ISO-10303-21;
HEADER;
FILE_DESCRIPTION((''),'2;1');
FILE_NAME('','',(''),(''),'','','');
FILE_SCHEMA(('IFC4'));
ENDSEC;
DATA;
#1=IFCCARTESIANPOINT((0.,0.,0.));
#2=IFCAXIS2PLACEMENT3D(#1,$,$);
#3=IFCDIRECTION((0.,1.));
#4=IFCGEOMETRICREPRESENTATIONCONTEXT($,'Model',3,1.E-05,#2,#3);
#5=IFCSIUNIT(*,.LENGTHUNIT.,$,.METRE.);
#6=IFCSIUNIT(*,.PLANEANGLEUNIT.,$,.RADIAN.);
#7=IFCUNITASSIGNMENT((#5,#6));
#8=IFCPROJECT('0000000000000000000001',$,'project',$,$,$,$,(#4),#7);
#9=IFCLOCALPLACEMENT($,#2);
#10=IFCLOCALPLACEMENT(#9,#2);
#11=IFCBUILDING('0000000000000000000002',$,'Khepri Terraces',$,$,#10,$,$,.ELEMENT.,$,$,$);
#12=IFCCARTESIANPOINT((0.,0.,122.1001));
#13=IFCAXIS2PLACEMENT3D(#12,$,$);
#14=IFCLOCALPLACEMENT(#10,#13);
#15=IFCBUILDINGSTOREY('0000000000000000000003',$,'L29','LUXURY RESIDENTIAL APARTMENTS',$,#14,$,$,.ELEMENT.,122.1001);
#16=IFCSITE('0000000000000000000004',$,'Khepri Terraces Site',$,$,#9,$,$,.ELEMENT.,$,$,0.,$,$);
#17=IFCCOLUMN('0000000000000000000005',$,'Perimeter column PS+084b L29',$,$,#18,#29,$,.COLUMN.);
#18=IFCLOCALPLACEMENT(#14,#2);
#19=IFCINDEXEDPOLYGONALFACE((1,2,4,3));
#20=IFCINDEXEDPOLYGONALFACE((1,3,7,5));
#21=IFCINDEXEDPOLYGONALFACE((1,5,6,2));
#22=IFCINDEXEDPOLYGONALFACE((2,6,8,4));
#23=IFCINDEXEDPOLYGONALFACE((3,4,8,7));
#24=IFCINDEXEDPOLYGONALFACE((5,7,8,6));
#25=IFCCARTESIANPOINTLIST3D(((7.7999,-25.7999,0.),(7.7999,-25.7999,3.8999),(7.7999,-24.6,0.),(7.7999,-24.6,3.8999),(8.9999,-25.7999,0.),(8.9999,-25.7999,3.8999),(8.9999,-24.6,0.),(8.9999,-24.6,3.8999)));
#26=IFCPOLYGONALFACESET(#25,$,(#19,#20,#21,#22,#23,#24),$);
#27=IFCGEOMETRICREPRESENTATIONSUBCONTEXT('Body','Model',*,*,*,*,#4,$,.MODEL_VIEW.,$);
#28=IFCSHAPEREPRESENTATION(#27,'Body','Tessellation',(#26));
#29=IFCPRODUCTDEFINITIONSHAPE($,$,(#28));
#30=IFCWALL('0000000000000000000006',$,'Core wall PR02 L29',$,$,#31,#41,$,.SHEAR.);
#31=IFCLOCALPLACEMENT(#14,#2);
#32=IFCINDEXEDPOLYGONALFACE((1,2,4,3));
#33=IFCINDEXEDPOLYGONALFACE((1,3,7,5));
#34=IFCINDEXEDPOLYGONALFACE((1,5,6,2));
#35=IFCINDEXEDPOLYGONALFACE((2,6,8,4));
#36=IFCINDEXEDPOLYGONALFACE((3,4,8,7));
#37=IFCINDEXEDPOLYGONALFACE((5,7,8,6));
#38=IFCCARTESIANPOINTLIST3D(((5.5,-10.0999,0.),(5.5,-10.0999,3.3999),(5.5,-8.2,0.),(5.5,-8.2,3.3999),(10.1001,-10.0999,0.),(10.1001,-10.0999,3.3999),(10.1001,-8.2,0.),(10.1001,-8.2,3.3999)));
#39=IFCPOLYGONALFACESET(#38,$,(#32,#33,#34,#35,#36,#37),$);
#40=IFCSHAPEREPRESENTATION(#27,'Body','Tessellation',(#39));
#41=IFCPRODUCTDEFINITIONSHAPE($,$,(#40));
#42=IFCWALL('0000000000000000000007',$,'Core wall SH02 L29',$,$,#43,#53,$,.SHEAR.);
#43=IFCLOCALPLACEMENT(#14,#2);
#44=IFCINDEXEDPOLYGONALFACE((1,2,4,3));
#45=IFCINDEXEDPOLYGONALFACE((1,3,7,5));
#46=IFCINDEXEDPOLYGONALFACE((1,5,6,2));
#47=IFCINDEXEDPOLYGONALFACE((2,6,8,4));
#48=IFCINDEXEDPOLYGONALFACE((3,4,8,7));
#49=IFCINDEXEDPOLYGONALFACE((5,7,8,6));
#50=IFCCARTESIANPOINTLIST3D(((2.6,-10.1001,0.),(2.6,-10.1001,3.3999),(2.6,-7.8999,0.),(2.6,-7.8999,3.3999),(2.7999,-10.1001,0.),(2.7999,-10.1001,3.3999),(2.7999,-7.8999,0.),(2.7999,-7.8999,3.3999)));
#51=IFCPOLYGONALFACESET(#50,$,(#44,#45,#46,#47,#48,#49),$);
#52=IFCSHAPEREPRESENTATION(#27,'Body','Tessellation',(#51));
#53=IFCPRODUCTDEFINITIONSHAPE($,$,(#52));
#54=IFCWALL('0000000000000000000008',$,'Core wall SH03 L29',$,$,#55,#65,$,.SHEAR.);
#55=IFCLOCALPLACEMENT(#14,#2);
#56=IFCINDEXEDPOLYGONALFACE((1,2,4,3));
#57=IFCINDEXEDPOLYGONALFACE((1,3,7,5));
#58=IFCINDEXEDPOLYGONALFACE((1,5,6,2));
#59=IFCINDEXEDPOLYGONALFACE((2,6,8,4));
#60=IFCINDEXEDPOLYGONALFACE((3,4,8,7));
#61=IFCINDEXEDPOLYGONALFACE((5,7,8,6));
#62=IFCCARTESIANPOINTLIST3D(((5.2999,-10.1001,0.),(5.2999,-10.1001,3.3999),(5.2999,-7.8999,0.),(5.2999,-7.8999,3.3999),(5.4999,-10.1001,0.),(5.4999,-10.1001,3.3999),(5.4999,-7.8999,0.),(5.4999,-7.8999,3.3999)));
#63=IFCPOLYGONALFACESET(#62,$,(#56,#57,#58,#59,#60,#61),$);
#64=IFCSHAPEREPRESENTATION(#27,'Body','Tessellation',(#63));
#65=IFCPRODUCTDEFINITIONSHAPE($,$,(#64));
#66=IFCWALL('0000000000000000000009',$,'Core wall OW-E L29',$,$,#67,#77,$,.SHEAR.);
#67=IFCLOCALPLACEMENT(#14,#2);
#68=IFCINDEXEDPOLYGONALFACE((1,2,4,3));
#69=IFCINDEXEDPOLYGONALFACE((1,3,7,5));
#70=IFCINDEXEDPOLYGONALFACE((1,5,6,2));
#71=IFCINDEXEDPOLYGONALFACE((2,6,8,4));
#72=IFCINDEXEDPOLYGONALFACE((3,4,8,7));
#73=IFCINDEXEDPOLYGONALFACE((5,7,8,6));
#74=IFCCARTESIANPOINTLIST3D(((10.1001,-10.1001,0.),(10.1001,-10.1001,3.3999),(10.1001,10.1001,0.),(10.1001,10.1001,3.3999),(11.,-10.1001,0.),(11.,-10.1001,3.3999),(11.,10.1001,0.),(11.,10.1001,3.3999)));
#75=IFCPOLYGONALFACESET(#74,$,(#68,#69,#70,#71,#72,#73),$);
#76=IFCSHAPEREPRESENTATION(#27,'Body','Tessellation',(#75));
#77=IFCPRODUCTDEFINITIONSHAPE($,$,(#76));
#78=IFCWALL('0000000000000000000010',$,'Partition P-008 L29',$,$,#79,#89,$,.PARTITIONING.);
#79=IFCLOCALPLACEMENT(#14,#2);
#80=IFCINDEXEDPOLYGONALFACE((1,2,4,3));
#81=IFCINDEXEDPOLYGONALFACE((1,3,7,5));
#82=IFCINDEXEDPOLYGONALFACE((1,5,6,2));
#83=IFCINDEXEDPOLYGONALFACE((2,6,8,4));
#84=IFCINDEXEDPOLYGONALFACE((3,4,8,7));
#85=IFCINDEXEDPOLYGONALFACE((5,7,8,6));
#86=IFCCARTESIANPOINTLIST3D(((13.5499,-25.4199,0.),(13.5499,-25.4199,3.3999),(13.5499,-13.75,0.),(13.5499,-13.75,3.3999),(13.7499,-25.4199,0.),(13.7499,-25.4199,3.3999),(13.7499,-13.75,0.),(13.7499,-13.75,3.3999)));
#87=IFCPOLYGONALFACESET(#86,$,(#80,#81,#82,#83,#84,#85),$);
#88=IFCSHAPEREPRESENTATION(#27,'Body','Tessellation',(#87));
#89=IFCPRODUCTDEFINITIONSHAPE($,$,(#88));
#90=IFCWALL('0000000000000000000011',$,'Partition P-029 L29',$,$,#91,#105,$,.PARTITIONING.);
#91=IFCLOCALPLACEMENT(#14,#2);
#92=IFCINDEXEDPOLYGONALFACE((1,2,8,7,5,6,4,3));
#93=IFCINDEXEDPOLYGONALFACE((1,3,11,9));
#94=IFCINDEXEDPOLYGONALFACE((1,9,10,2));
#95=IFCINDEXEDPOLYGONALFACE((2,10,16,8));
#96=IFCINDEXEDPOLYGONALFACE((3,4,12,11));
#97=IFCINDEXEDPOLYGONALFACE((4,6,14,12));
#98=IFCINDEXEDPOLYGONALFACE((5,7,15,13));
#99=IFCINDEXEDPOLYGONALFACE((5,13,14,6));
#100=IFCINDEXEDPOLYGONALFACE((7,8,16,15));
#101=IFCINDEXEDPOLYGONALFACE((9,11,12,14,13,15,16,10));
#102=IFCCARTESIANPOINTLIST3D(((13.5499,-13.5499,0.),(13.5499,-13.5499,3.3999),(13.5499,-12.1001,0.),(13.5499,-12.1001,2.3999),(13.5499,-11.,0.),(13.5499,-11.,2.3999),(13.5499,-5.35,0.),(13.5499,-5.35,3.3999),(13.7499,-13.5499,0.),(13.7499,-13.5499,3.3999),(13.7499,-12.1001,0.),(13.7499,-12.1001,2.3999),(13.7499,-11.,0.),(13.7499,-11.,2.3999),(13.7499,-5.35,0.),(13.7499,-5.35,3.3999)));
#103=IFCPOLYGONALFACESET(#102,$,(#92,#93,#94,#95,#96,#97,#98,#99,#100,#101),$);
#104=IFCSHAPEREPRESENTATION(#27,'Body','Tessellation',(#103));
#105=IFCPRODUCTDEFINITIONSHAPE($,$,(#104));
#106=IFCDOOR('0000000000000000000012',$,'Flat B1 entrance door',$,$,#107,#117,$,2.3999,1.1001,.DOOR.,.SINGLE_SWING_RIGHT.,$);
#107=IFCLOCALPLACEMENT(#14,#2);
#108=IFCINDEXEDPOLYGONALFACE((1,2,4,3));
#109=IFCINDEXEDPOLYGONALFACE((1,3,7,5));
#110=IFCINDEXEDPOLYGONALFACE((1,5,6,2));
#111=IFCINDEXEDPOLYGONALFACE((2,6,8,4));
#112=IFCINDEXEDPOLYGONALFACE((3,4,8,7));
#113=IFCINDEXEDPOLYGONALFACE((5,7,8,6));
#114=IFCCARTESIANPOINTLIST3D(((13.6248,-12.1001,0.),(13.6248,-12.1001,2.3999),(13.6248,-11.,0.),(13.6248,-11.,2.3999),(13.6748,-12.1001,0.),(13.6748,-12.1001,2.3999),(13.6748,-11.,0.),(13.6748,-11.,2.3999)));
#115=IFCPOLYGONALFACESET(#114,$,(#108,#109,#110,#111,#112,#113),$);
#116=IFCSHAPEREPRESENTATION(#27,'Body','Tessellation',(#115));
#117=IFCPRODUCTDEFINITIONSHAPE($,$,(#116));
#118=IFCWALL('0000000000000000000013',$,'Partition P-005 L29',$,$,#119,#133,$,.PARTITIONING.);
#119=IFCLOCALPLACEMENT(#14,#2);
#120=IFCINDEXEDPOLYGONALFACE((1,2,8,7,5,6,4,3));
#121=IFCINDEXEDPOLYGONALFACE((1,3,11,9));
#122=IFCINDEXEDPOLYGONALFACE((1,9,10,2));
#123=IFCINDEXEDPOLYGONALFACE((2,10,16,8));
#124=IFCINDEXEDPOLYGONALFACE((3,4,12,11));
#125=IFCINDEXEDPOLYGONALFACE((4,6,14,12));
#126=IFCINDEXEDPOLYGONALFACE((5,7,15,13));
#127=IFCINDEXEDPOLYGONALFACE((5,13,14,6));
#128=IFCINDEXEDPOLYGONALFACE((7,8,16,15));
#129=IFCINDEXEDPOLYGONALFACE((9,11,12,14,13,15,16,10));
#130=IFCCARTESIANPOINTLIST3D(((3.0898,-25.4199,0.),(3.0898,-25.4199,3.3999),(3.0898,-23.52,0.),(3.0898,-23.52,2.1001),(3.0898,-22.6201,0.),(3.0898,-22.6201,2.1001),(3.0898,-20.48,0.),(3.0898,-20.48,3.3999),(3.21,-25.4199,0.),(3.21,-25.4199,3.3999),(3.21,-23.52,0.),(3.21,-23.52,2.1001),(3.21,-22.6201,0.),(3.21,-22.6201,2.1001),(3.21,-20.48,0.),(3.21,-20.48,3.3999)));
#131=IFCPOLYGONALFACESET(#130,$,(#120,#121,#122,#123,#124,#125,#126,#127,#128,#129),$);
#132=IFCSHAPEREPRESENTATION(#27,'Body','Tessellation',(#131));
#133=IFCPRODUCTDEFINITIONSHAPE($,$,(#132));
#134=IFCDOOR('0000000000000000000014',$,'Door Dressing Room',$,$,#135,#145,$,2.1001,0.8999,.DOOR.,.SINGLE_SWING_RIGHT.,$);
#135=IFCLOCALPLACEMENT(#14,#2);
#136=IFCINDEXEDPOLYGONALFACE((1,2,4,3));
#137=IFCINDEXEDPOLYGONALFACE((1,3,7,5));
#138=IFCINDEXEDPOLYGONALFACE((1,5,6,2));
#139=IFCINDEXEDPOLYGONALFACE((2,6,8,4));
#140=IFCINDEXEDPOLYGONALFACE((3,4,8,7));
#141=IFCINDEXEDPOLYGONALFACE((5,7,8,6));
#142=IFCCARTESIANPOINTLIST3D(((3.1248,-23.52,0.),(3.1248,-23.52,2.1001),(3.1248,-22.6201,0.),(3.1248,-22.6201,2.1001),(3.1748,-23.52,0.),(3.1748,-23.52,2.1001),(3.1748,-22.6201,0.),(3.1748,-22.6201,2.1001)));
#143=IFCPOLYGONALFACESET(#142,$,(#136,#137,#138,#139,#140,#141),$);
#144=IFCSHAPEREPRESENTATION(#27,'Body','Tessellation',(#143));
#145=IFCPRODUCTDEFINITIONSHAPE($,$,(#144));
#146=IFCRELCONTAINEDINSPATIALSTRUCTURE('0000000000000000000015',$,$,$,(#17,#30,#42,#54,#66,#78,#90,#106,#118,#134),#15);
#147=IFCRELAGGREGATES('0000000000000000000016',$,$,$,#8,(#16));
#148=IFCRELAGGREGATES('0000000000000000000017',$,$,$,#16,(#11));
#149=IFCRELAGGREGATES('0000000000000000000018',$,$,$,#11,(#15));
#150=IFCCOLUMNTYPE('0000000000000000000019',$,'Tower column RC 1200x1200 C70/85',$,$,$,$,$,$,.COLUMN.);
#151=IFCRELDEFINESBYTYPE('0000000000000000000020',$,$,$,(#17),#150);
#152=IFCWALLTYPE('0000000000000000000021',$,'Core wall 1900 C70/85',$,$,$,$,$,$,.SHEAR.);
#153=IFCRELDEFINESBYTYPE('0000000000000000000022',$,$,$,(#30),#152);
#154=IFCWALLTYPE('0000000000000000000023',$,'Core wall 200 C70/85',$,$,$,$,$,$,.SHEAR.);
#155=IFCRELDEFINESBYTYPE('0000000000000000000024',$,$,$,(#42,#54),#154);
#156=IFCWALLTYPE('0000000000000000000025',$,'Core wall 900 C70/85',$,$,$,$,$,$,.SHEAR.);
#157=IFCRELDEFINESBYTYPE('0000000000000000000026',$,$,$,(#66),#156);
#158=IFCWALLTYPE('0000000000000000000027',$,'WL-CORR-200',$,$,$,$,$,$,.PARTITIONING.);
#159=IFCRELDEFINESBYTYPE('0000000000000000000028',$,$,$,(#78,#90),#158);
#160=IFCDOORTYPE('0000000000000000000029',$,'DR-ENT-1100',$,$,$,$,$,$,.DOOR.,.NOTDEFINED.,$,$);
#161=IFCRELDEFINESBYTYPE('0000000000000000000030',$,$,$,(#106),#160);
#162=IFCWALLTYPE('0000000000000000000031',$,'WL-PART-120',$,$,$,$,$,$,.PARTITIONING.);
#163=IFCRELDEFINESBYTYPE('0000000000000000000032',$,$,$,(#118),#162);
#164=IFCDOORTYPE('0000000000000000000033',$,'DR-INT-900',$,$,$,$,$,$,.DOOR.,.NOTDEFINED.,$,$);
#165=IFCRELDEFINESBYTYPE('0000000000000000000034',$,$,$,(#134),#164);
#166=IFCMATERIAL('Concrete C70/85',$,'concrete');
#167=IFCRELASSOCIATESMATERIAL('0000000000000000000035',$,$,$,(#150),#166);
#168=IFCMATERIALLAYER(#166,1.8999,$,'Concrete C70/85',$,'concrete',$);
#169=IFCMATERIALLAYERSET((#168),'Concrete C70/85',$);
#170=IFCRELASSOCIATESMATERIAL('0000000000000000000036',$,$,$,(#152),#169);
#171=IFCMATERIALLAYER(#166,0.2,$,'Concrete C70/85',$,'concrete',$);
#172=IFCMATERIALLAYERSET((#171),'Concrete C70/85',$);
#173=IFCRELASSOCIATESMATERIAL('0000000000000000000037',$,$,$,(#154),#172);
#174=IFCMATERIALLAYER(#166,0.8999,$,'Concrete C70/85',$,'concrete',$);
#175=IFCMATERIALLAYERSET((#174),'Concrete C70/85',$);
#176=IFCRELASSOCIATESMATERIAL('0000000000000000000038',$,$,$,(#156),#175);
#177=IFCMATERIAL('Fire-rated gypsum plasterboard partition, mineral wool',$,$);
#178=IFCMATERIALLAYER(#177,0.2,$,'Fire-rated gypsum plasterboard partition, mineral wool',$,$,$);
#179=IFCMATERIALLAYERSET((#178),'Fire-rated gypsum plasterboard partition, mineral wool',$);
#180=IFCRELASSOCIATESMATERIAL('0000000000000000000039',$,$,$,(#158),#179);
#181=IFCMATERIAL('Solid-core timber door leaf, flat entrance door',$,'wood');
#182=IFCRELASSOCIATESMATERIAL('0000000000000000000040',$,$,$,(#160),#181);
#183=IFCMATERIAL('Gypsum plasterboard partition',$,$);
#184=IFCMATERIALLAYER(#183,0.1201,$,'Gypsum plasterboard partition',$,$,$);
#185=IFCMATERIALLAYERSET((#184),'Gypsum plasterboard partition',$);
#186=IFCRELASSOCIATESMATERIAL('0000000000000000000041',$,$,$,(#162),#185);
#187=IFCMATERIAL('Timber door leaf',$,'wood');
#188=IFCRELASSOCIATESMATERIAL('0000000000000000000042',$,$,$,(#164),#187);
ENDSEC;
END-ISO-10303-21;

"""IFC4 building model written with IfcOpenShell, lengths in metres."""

from ifc_helpers import new_model, si_unit, direction, frame, frame_2d, origin, origin_2d, place, context, subcontext, project, spatial, rectangle, extrude, material, layer, layer_set, material_profile, profile_set, type_object, element, fill, save


model = new_model("IFC4")

# Units and contexts
model_context = context("Model", 3, precision=1e-05, world=origin(), true_north=direction((0.0, 1.0)))
body_context = subcontext(model_context, "Body", "Model", "MODEL_VIEW")
ifc_project = project(units=[si_unit("LENGTHUNIT", "METRE"), si_unit("PLANEANGLEUNIT", "RADIAN")], contexts=[model_context])

# Site, building, storey
site_placement = place(None, origin())
site = spatial("IfcSite", under=ifc_project, at=site_placement, Name="Khepri Terraces Site", CompositionType="ELEMENT", RefElevation=0.0)
building_placement = place(site_placement, origin())
building = spatial("IfcBuilding", under=site, at=building_placement, Name="Khepri Terraces", CompositionType="ELEMENT")
storey_placement = place(building_placement, frame((0.0, 0.0, 122.1001)))
storey = spatial("IfcBuildingStorey", under=building, at=storey_placement, Name="L29", Description="LUXURY RESIDENTIAL APARTMENTS", CompositionType="ELEMENT", Elevation=122.1001)

# Column
ifc_material_1 = material(Name="Concrete C70/85", Category="concrete")
ifc_material_profile = material_profile(ifc_material_1, rectangle(XDim=1.2, YDim=1.2, at=origin_2d()), Name="Concrete C70/85", Category="concrete")
ifc_profile_set = profile_set([ifc_material_profile], Name="Concrete C70/85")
column_type = type_object("IfcColumnType", Name="Tower column RC 1200x1200 C70/85", PredefinedType="COLUMN", material=ifc_profile_set)
column_placement = place(storey_placement, frame((8.3999, -25.2, 0.0), z_axis=(0.0, 0.0, 1.0), x_axis=(1.0, 0.0, 0.0)))
element("IfcColumn", 1, at=column_placement, inside=storey, type_object=column_type, Name="Perimeter column PS+084b L29", PredefinedType="COLUMN", context=body_context, shape_type="SweptSolid", body=[
    extrude(rectangle(XDim=1.2, YDim=1.2, at=origin_2d()), origin(), (0.0, 0.0, 1.0), 3.8999),
])

# Walls
ifc_layer_1 = layer(ifc_material_1, 1.8999, Name="Concrete C70/85", Category="concrete")
ifc_layer_set_1 = layer_set([ifc_layer_1], Name="Concrete C70/85")
wall_type_1 = type_object("IfcWallType", Name="Core wall 1900 C70/85", PredefinedType="SHEAR", material=ifc_layer_set_1)
wall_1_placement = place(storey_placement, frame((5.5, -9.1499, 0.0), z_axis=(0.0, 0.0, 1.0), x_axis=(1.0, 0.0, 0.0)))
element("IfcWall", 2, at=wall_1_placement, inside=storey, type_object=wall_type_1, Name="Core wall PR02 L29", PredefinedType="SHEAR", context=body_context, shape_type="SweptSolid", body=[
    extrude(rectangle(XDim=4.6001, YDim=1.8999, at=frame_2d((2.3, 0.0))), origin(), (0.0, 0.0, 1.0), 3.3999),
])
ifc_layer_2 = layer(ifc_material_1, 0.2, Name="Concrete C70/85", Category="concrete")
ifc_layer_set_2 = layer_set([ifc_layer_2], Name="Concrete C70/85")
wall_type_2 = type_object("IfcWallType", Name="Core wall 200 C70/85", PredefinedType="SHEAR", material=ifc_layer_set_2)
for number, where, z_axis, x_axis, name in (
    (3, (2.7, -10.1001, 0.0), (0.0, 0.0, 1.0), (0.0, 1.0, 0.0), "Core wall SH02 L29"),
    (4, (5.3999, -10.1001, 0.0), (0.0, 0.0, 1.0), (0.0, 1.0, 0.0), "Core wall SH03 L29"),
):
    element("IfcWall", number, at=place(storey_placement, frame(where, z_axis=z_axis, x_axis=x_axis)), inside=storey, type_object=wall_type_2, Name=name, PredefinedType="SHEAR", context=body_context, shape_type="SweptSolid", body=[
        extrude(rectangle(XDim=2.2002, YDim=0.2, at=frame_2d((1.1001, 0.0))), origin(), (0.0, 0.0, 1.0), 3.3999),
    ])
ifc_layer_3 = layer(ifc_material_1, 0.8999, Name="Concrete C70/85", Category="concrete")
ifc_layer_set_3 = layer_set([ifc_layer_3], Name="Concrete C70/85")
wall_type_3 = type_object("IfcWallType", Name="Core wall 900 C70/85", PredefinedType="SHEAR", material=ifc_layer_set_3)
wall_2_placement = place(storey_placement, frame((10.55, -10.1001, 0.0), z_axis=(0.0, 0.0, 1.0), x_axis=(0.0, 1.0, 0.0)))
element("IfcWall", 5, at=wall_2_placement, inside=storey, type_object=wall_type_3, Name="Core wall OW-E L29", PredefinedType="SHEAR", context=body_context, shape_type="SweptSolid", body=[
    extrude(rectangle(XDim=20.2002, YDim=0.8999, at=frame_2d((10.1001, 0.0))), origin(), (0.0, 0.0, 1.0), 3.3999),
])
ifc_material_2 = material(Name="Fire-rated gypsum plasterboard partition, mineral wool")
ifc_layer_4 = layer(ifc_material_2, 0.2, Name="Fire-rated gypsum plasterboard partition, mineral wool")
ifc_layer_set_4 = layer_set([ifc_layer_4], Name="Fire-rated gypsum plasterboard partition, mineral wool")
wall_type_4 = type_object("IfcWallType", Name="WL-CORR-200", PredefinedType="PARTITIONING", material=ifc_layer_set_4)
wall_3_placement = place(storey_placement, frame((13.6499, -25.4199, 0.0), z_axis=(0.0, 0.0, 1.0), x_axis=(0.0, 1.0, 0.0)))
element("IfcWall", 6, at=wall_3_placement, inside=storey, type_object=wall_type_4, Name="Partition P-008 L29", PredefinedType="PARTITIONING", context=body_context, shape_type="SweptSolid", body=[
    extrude(rectangle(XDim=11.6699, YDim=0.2, at=frame_2d((5.835, 0.0))), origin(), (0.0, 0.0, 1.0), 3.3999),
])

# Wall, opening, door
wall_4_placement = place(storey_placement, frame((13.6499, -13.55, 0.0), z_axis=(0.0, 0.0, 1.0), x_axis=(0.0, 1.0, 0.0)))
wall_4 = element("IfcWall", 7, at=wall_4_placement, inside=storey, type_object=wall_type_4, Name="Partition P-029 L29", PredefinedType="PARTITIONING", context=body_context, shape_type="SweptSolid", body=[
    extrude(rectangle(XDim=8.2, YDim=0.2, at=frame_2d((4.1001, 0.0))), origin(), (0.0, 0.0, 1.0), 3.3999),
])
opening_1_placement = place(wall_4_placement, frame((1.45, 0.0, 0.0)))
opening_1 = element("IfcOpeningElement", 8, at=opening_1_placement, cuts=wall_4, PredefinedType="OPENING", context=body_context, shape_type="SweptSolid", body=[
    extrude(rectangle(XDim=1.1001, YDim=2.3999, at=frame_2d((0.55, 1.2))), frame((0.0, 0.1099, 0.0), z_axis=(0.0, -1.0, 0.0), x_axis=(1.0, 0.0, 0.0)), (0.0, 0.0, 1.0), 0.22),
])
ifc_material_3 = material(Name="Solid-core timber door leaf, flat entrance door", Category="wood")
door_type_1 = type_object("IfcDoorType", Name="DR-ENT-1100", OperationType="NOTDEFINED", PredefinedType="DOOR", material=ifc_material_3)
door_1_placement = place(opening_1_placement, frame((1.1001, 0.0, 0.0), z_axis=(0.0, 0.0, 1.0), x_axis=(-1.0, 0.0, 0.0)))
door_1 = element("IfcDoor", 9, at=door_1_placement, inside=storey, type_object=door_type_1, Name="Flat B1 entrance door", OperationType="SINGLE_SWING_RIGHT", OverallHeight=2.3999, OverallWidth=1.1001, PredefinedType="DOOR", context=body_context, shape_type="SweptSolid", body=[
    extrude(rectangle(XDim=1.1001, YDim=2.3999, at=frame_2d((0.55, 1.2))), frame((0.0, 0.0249, 0.0), z_axis=(0.0, -1.0, 0.0), x_axis=(1.0, 0.0, 0.0)), (0.0, 0.0, 1.0), 0.05),
])
fill(opening_1, door_1)

# Wall, opening, door
ifc_material_4 = material(Name="Gypsum plasterboard partition")
ifc_layer_5 = layer(ifc_material_4, 0.1201, Name="Gypsum plasterboard partition")
ifc_layer_set_5 = layer_set([ifc_layer_5], Name="Gypsum plasterboard partition")
wall_type_5 = type_object("IfcWallType", Name="WL-PART-120", PredefinedType="PARTITIONING", material=ifc_layer_set_5)
wall_5_placement = place(storey_placement, frame((3.1499, -25.4199, 0.0), z_axis=(0.0, 0.0, 1.0), x_axis=(0.0, 1.0, 0.0)))
wall_5 = element("IfcWall", 10, at=wall_5_placement, inside=storey, type_object=wall_type_5, Name="Partition P-005 L29", PredefinedType="PARTITIONING", context=body_context, shape_type="SweptSolid", body=[
    extrude(rectangle(XDim=4.9399, YDim=0.1201, at=frame_2d((2.47, 0.0))), origin(), (0.0, 0.0, 1.0), 3.3999),
])
opening_2_placement = place(wall_5_placement, frame((1.8999, 0.0, 0.0)))
opening_2 = element("IfcOpeningElement", 11, at=opening_2_placement, cuts=wall_5, PredefinedType="OPENING", context=body_context, shape_type="SweptSolid", body=[
    extrude(rectangle(XDim=0.8999, YDim=2.1001, at=frame_2d((0.45, 1.05))), frame((0.0, 0.0701, 0.0), z_axis=(0.0, -1.0, 0.0), x_axis=(1.0, 0.0, 0.0)), (0.0, 0.0, 1.0), 0.1401),
])
ifc_material_5 = material(Name="Timber door leaf", Category="wood")
door_type_2 = type_object("IfcDoorType", Name="DR-INT-900", OperationType="NOTDEFINED", PredefinedType="DOOR", material=ifc_material_5)
door_2_placement = place(opening_2_placement, frame((0.8999, 0.0, 0.0), z_axis=(0.0, 0.0, 1.0), x_axis=(-1.0, 0.0, 0.0)))
door_2 = element("IfcDoor", 12, at=door_2_placement, inside=storey, type_object=door_type_2, Name="Door Dressing Room", OperationType="SINGLE_SWING_RIGHT", OverallHeight=2.1001, OverallWidth=0.8999, PredefinedType="DOOR", context=body_context, shape_type="SweptSolid", body=[
    extrude(rectangle(XDim=0.8999, YDim=2.1001, at=frame_2d((0.45, 1.05))), frame((0.0, 0.0249, 0.0), z_axis=(0.0, -1.0, 0.0), x_axis=(1.0, 0.0, 0.0)), (0.0, 0.0, 1.0), 0.05),
])
fill(opening_2, door_2)

save(model, "model.ifc")
